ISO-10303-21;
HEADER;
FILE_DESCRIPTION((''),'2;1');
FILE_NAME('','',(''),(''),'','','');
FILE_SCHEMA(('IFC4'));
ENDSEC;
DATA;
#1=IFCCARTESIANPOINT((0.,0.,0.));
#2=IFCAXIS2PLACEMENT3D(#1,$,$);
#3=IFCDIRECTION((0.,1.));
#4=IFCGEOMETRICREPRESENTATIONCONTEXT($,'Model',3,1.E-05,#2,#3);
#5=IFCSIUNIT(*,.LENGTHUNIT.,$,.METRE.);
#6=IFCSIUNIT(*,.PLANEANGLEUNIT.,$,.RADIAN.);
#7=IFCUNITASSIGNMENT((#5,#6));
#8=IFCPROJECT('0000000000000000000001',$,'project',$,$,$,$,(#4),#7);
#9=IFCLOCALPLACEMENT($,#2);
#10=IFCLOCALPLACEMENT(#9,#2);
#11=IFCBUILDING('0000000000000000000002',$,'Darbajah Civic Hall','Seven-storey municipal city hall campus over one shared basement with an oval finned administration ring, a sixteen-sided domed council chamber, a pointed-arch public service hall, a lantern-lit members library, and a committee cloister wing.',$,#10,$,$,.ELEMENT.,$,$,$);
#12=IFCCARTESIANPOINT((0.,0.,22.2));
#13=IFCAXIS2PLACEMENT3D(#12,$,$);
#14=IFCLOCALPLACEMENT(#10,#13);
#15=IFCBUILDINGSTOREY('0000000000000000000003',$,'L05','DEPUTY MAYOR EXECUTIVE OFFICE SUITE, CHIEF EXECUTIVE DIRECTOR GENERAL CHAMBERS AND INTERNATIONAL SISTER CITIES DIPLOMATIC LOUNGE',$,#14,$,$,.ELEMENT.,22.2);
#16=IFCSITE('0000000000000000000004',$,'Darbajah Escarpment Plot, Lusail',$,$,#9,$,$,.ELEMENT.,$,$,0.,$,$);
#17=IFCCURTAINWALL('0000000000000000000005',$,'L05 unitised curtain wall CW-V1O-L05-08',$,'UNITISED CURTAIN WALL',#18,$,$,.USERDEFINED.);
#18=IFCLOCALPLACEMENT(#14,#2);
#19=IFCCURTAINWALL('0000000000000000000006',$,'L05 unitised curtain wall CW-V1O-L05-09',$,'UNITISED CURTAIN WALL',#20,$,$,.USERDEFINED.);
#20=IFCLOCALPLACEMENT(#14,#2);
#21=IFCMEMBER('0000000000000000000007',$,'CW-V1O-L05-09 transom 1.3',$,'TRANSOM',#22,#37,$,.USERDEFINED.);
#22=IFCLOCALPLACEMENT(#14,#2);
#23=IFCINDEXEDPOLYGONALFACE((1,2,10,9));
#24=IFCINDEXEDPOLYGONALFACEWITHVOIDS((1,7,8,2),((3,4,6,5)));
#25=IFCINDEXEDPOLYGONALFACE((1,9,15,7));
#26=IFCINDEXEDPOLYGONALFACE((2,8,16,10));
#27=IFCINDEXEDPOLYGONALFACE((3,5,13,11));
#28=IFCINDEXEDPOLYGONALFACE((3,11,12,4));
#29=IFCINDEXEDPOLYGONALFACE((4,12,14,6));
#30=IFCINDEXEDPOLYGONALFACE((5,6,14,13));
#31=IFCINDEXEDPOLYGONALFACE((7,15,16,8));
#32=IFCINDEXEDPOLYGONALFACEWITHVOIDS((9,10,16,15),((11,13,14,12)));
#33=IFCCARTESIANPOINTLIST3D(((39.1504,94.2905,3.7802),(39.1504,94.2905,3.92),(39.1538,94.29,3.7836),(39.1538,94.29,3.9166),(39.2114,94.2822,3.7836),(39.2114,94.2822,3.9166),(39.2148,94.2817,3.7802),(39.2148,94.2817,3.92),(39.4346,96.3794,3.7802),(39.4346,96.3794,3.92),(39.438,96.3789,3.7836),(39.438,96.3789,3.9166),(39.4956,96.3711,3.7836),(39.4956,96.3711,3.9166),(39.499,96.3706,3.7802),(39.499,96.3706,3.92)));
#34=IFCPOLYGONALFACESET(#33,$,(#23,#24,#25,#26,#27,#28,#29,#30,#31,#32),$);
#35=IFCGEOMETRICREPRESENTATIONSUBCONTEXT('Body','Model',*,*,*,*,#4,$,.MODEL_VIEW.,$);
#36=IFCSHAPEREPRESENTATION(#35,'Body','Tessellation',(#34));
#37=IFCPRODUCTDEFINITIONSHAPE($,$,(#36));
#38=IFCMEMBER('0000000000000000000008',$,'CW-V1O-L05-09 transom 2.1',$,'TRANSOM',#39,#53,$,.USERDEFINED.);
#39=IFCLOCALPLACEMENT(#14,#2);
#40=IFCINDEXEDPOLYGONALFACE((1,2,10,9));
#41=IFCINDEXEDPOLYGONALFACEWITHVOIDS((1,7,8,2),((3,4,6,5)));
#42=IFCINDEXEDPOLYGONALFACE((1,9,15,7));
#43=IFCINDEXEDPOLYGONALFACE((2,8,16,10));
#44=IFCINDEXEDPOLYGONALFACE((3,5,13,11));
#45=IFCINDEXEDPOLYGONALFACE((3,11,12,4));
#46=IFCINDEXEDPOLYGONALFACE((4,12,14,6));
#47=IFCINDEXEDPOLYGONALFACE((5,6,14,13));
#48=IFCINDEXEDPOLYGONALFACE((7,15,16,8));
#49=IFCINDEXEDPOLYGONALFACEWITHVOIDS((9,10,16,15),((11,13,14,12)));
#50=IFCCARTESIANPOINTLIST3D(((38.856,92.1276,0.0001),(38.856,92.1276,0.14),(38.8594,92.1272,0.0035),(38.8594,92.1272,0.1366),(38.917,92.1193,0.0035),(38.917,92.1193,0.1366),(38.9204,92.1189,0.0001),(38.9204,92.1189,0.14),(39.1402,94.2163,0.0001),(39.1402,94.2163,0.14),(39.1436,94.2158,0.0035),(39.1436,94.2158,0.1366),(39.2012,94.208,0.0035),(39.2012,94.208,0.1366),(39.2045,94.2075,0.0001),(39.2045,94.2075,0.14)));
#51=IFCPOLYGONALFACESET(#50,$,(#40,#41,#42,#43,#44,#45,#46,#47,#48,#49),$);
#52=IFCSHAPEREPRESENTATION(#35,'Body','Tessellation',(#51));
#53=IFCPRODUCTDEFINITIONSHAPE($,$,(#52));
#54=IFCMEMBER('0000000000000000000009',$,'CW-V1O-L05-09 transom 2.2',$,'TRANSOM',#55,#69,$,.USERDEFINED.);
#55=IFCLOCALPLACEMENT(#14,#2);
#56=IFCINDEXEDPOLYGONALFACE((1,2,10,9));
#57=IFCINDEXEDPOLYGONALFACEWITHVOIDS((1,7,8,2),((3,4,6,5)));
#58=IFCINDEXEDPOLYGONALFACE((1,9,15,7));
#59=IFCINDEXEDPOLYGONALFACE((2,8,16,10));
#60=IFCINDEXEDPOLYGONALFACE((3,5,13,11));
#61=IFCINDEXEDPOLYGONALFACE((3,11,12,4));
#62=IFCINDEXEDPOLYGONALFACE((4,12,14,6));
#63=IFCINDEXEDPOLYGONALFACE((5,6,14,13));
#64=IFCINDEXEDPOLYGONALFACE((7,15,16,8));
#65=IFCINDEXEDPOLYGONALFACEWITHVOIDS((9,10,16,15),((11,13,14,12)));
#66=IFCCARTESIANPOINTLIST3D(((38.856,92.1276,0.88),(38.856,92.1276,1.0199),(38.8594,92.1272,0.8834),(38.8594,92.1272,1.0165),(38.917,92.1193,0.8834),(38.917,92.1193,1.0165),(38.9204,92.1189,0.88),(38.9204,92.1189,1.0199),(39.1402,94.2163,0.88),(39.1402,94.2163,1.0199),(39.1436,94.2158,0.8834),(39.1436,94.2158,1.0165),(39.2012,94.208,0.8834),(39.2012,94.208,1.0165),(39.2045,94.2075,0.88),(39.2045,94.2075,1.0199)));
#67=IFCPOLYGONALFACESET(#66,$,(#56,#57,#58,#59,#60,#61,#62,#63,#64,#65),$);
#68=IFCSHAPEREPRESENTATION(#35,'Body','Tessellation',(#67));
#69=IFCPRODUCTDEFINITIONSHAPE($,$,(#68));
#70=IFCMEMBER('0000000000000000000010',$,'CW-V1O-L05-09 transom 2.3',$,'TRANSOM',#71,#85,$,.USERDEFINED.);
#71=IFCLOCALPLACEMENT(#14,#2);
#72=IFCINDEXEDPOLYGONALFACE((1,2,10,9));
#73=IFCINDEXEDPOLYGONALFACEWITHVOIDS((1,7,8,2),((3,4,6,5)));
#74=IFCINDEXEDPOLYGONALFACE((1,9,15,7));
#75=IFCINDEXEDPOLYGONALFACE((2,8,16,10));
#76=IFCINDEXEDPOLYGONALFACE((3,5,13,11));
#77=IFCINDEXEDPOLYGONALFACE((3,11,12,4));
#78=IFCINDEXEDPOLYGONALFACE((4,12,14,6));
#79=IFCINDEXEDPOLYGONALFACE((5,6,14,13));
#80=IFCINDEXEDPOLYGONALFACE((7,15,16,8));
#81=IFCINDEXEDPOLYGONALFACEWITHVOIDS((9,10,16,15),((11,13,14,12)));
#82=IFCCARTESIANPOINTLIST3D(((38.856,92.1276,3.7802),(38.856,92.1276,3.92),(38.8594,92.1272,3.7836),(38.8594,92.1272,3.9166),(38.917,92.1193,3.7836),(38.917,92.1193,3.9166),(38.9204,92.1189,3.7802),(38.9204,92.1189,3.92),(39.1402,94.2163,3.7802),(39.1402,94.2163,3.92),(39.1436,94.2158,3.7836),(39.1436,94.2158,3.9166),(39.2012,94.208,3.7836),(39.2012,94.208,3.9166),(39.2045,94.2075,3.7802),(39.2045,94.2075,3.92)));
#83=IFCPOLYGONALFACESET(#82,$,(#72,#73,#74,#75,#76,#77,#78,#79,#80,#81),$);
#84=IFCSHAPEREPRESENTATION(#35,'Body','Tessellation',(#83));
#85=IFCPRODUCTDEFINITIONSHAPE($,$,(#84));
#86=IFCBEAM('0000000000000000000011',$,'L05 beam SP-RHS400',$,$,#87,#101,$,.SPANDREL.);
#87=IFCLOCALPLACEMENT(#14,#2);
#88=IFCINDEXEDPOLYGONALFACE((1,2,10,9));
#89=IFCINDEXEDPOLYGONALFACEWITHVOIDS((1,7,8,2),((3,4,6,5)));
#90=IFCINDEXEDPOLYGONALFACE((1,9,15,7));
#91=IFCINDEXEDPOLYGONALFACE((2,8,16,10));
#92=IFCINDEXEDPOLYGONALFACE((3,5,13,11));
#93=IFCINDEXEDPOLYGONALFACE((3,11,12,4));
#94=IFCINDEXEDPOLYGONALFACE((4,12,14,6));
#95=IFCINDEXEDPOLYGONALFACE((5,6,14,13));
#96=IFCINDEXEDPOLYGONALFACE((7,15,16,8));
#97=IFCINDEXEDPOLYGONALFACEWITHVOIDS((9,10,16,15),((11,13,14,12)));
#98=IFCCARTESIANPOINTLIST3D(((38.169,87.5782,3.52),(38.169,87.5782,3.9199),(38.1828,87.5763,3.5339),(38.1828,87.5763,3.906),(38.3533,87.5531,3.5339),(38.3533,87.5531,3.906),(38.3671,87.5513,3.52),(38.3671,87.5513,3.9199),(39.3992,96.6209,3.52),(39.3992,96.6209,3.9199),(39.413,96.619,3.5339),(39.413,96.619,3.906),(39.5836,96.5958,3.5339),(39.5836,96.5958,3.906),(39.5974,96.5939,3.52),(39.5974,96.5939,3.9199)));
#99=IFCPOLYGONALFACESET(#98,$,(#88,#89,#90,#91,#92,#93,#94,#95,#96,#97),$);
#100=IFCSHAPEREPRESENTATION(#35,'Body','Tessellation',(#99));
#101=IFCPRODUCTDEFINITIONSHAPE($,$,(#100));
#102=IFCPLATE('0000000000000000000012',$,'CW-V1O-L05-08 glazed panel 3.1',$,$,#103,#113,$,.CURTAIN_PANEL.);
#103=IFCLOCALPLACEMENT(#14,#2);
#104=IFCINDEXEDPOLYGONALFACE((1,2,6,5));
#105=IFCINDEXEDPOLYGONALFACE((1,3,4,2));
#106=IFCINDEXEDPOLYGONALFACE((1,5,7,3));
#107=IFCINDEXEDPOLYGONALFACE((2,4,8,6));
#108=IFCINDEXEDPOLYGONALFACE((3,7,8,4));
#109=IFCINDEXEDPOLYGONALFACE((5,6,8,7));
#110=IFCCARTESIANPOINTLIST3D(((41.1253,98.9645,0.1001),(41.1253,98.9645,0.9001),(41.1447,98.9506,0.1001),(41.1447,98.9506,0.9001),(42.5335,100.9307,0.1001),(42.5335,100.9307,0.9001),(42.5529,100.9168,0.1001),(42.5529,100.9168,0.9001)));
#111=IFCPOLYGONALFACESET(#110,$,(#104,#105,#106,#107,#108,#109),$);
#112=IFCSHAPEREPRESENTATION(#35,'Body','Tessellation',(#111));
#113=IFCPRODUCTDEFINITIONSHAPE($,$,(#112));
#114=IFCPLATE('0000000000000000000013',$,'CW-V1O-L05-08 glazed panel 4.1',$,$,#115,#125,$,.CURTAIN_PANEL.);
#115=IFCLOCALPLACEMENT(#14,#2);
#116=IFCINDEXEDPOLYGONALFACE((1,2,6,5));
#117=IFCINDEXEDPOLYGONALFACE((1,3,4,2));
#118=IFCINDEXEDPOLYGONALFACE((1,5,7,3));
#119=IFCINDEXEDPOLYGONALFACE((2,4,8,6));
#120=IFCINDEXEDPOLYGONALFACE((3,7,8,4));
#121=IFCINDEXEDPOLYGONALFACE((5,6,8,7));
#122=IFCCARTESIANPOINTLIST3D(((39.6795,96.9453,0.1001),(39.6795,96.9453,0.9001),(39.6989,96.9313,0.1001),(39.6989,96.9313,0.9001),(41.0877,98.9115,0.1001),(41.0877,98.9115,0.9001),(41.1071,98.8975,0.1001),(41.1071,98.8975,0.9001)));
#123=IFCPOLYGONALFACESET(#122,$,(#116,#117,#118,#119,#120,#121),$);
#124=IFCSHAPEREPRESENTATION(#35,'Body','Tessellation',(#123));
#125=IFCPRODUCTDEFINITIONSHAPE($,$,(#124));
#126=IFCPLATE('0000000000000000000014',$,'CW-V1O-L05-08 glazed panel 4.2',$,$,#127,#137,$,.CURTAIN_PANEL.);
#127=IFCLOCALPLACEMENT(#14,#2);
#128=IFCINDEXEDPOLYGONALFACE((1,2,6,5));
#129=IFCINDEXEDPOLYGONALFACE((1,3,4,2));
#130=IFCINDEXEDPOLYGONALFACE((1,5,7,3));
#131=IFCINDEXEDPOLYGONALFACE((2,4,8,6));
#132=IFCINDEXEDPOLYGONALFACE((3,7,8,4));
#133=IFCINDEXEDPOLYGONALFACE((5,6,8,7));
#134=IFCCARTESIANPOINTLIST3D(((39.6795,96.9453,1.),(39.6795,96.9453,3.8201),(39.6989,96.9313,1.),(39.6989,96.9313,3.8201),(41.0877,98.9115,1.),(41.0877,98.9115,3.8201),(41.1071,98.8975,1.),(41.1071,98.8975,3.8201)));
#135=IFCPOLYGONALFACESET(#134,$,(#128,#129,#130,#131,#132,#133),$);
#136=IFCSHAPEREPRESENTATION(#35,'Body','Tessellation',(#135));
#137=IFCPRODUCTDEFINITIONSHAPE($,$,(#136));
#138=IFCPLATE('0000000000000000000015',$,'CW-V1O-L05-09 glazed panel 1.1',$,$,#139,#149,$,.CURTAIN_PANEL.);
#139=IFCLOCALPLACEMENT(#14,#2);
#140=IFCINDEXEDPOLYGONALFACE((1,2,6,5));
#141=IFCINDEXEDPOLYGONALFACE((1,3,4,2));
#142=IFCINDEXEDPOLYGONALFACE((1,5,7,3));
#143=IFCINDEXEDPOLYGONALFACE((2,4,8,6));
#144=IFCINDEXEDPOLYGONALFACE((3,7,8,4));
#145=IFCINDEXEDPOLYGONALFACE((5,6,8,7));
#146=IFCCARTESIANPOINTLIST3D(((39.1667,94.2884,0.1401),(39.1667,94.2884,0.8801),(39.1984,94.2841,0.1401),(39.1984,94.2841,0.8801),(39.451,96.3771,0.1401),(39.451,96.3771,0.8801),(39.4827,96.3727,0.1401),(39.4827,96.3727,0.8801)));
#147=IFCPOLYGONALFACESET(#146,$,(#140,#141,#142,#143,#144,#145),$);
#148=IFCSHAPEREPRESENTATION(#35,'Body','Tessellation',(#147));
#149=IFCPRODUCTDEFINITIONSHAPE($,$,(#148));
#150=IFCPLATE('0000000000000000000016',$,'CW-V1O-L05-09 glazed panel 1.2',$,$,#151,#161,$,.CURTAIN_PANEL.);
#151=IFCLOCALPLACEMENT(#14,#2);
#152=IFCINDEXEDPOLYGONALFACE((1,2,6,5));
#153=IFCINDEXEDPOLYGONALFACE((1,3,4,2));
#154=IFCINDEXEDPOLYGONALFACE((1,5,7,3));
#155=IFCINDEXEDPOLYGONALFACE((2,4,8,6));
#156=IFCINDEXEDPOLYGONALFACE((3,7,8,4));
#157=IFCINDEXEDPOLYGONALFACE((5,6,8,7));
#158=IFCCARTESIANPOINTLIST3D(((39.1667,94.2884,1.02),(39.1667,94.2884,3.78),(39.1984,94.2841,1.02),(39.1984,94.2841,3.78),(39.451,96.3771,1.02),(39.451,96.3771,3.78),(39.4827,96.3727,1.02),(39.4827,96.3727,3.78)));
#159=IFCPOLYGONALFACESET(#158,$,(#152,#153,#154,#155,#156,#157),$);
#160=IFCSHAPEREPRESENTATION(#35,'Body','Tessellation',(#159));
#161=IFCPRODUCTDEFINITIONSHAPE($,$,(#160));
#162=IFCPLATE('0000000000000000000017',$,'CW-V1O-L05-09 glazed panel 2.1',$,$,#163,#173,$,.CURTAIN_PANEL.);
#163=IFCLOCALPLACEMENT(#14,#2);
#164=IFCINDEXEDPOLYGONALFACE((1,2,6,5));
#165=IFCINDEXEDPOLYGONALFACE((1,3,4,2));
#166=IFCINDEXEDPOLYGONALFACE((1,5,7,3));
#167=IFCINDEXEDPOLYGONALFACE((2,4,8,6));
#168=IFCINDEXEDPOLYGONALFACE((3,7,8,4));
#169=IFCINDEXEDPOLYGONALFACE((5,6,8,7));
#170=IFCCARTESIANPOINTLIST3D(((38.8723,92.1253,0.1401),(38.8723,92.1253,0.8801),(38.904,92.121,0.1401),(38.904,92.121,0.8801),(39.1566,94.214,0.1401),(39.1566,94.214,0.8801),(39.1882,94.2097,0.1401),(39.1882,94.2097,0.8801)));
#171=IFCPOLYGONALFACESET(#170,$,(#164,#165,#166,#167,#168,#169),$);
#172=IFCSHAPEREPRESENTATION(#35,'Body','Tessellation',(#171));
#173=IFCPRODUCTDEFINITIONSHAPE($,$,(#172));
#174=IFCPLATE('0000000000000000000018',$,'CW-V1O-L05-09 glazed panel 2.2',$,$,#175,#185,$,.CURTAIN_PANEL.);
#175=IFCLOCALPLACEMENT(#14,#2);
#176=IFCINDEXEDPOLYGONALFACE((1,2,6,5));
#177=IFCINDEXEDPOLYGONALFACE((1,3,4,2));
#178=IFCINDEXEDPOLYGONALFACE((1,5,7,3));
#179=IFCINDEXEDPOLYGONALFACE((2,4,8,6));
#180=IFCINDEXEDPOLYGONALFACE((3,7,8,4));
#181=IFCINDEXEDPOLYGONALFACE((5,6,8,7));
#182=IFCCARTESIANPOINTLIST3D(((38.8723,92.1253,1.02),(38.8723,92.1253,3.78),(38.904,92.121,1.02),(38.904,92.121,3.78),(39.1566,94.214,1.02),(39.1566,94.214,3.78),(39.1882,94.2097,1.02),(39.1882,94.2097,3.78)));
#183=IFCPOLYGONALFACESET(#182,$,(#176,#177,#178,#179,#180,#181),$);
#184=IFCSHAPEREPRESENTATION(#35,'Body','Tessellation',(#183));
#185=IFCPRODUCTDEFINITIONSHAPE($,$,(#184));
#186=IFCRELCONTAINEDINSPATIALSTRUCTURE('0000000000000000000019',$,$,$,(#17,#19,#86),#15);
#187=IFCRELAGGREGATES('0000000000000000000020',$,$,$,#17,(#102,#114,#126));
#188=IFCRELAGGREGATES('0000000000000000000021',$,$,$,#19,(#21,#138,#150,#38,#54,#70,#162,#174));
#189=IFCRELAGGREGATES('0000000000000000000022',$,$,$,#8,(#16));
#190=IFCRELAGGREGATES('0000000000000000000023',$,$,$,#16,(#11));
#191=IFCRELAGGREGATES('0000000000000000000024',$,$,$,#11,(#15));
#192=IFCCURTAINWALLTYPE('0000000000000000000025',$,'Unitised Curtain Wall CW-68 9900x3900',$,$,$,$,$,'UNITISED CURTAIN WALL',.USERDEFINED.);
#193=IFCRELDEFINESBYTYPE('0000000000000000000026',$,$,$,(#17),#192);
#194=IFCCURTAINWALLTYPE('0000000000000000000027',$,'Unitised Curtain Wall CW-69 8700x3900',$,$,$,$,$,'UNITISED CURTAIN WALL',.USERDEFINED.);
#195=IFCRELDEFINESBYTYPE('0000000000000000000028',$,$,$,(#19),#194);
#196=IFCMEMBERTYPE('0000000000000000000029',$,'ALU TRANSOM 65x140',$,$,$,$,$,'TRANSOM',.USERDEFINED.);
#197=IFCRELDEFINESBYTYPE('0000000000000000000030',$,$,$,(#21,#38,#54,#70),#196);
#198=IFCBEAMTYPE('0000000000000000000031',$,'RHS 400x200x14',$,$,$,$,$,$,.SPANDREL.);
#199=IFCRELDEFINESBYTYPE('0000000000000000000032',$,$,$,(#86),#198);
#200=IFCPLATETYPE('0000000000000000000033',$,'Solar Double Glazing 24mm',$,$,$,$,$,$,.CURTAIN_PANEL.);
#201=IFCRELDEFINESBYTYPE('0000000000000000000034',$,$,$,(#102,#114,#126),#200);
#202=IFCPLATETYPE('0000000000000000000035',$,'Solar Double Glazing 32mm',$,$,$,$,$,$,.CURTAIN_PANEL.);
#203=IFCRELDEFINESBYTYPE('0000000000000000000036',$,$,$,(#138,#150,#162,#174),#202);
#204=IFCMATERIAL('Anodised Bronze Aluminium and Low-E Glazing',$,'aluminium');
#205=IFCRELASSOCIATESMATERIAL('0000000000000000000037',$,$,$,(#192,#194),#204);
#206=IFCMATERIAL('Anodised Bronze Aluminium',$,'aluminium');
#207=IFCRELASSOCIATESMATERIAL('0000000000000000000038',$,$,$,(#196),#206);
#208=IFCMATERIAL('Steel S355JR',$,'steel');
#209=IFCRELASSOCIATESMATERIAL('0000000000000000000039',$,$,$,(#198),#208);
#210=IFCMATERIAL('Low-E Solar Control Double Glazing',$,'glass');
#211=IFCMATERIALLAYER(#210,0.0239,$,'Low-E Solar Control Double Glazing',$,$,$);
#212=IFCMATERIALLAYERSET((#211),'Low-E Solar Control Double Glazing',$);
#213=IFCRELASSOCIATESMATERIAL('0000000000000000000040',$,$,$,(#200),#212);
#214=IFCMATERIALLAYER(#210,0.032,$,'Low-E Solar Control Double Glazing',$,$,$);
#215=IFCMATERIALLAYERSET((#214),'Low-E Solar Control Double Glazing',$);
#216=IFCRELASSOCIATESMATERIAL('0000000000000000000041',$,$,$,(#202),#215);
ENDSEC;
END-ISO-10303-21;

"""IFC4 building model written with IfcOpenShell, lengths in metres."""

from ifc_helpers import new_model, si_unit, direction, frame, origin, origin_2d, place, context, subcontext, project, spatial, rectangle, hollow_rectangle, extrude, material, layer, layer_set, material_profile, profile_set, type_object, element, aggregate, save


model = new_model("IFC4")

# Units and contexts
model_context = context("Model", 3, precision=1e-05, world=origin(), true_north=direction((0.0, 1.0)))
body_context = subcontext(model_context, "Body", "Model", "MODEL_VIEW")
ifc_project = project(units=[si_unit("LENGTHUNIT", "METRE"), si_unit("PLANEANGLEUNIT", "RADIAN")], contexts=[model_context])

# Site, building, storey
site_placement = place(None, origin())
site = spatial("IfcSite", under=ifc_project, at=site_placement, Name="Darbajah Escarpment Plot, Lusail", CompositionType="ELEMENT", RefElevation=0.0)
building_placement = place(site_placement, origin())
building = spatial("IfcBuilding", under=site, at=building_placement, Name="Darbajah Civic Hall", Description="Seven-storey municipal city hall campus over one shared basement with an oval finned administration ring, a sixteen-sided domed council chamber, a pointed-arch public service hall, a lantern-lit members library, and a committee cloister wing.", CompositionType="ELEMENT")
storey_placement = place(building_placement, frame((0.0, 0.0, 22.2)))
storey = spatial("IfcBuildingStorey", under=building, at=storey_placement, Name="L05", Description="DEPUTY MAYOR EXECUTIVE OFFICE SUITE, CHIEF EXECUTIVE DIRECTOR GENERAL CHAMBERS AND INTERNATIONAL SISTER CITIES DIPLOMATIC LOUNGE", CompositionType="ELEMENT", Elevation=22.2)

# Curtain walls
ifc_material_1 = material(Name="Anodised Bronze Aluminium and Low-E Glazing", Category="aluminium")
curtain_wall_type_1 = type_object("IfcCurtainWallType", Name="Unitised Curtain Wall CW-68 9900x3900", ElementType="UNITISED CURTAIN WALL", PredefinedType="USERDEFINED", material=ifc_material_1)
curtain_wall_1_placement = place(storey_placement, origin())
curtain_wall_1 = element("IfcCurtainWall", 1, at=curtain_wall_1_placement, inside=storey, type_object=curtain_wall_type_1, Name="L05 unitised curtain wall CW-V1O-L05-08", ObjectType="UNITISED CURTAIN WALL", PredefinedType="USERDEFINED")
ifc_material_2 = material(Name="Anodised Bronze Aluminium", Category="aluminium")
curtain_wall_type_2 = type_object("IfcCurtainWallType", Name="Unitised Curtain Wall CW-69 8700x3900", ElementType="UNITISED CURTAIN WALL", PredefinedType="USERDEFINED", material=ifc_material_1)
curtain_wall_2_placement = place(storey_placement, origin())
curtain_wall_2 = element("IfcCurtainWall", 2, at=curtain_wall_2_placement, inside=storey, type_object=curtain_wall_type_2, Name="L05 unitised curtain wall CW-V1O-L05-09", ObjectType="UNITISED CURTAIN WALL", PredefinedType="USERDEFINED")

# Members
ifc_material_profile_1 = material_profile(ifc_material_2, hollow_rectangle(XDim=0.0649, YDim=0.1399, WallThickness=0.0034, at=origin_2d()), Name="ALU TRANSOM 65x140")
ifc_profile_set_1 = profile_set([ifc_material_profile_1], Name="Anodised Bronze Aluminium")
member_type_1 = type_object("IfcMemberType", Name="ALU TRANSOM 65x140", ElementType="TRANSOM", PredefinedType="USERDEFINED", material=ifc_profile_set_1)
member_1_placement = place(storey_placement, frame((39.4668, 96.375, 3.8501), z_axis=(-0.134803, -0.990872, 0.0), x_axis=(0.990872, -0.134803, 0.0)))
member_1 = element("IfcMember", 3, at=member_1_placement, type_object=member_type_1, Name="CW-V1O-L05-09 transom 1.3", ObjectType="TRANSOM", PredefinedType="USERDEFINED", context=body_context, shape_type="SweptSolid", body=[
    extrude(hollow_rectangle(XDim=0.0649, YDim=0.1399, WallThickness=0.0034, at=origin_2d()), origin(), (0.0, 0.0, 1.0), 2.1082),
])
member_2_placement = place(storey_placement, frame((39.1724, 94.2119, 0.0701), z_axis=(-0.134819, -0.99087, 0.0), x_axis=(0.99087, -0.134819, 0.0)))
member_2 = element("IfcMember", 4, at=member_2_placement, type_object=member_type_1, Name="CW-V1O-L05-09 transom 2.1", ObjectType="TRANSOM", PredefinedType="USERDEFINED", context=body_context, shape_type="SweptSolid", body=[
    extrude(hollow_rectangle(XDim=0.0649, YDim=0.1399, WallThickness=0.0034, at=origin_2d()), origin(), (0.0, 0.0, 1.0), 2.1079),
])
member_3_placement = place(storey_placement, frame((39.1724, 94.2119, 0.95), z_axis=(-0.134819, -0.99087, 0.0), x_axis=(0.99087, -0.134819, 0.0)))
member_3 = element("IfcMember", 5, at=member_3_placement, type_object=member_type_1, Name="CW-V1O-L05-09 transom 2.2", ObjectType="TRANSOM", PredefinedType="USERDEFINED", context=body_context, shape_type="SweptSolid", body=[
    extrude(hollow_rectangle(XDim=0.0649, YDim=0.1399, WallThickness=0.0034, at=origin_2d()), origin(), (0.0, 0.0, 1.0), 2.1079),
])
member_4_placement = place(storey_placement, frame((39.1724, 94.2119, 3.8501), z_axis=(-0.134819, -0.99087, 0.0), x_axis=(0.99087, -0.134819, 0.0)))
member_4 = element("IfcMember", 6, at=member_4_placement, type_object=member_type_1, Name="CW-V1O-L05-09 transom 2.3", ObjectType="TRANSOM", PredefinedType="USERDEFINED", context=body_context, shape_type="SweptSolid", body=[
    extrude(hollow_rectangle(XDim=0.0649, YDim=0.1399, WallThickness=0.0034, at=origin_2d()), origin(), (0.0, 0.0, 1.0), 2.1079),
])

# Beam
ifc_material_3 = material(Name="Steel S355JR", Category="steel")
ifc_material_profile_2 = material_profile(ifc_material_3, hollow_rectangle(XDim=0.2, YDim=0.3999, WallThickness=0.0139, at=origin_2d()), Name="RHS 400x200x14")
ifc_profile_set_2 = profile_set([ifc_material_profile_2], Name="Steel S355JR")
beam_type = type_object("IfcBeamType", Name="RHS 400x200x14", PredefinedType="SPANDREL", material=ifc_profile_set_2)
beam_placement = place(storey_placement, frame((39.4983, 96.6074, 3.72), z_axis=(-0.134804, -0.990872, 0.0), x_axis=(0.990872, -0.134804, 0.0)))
element("IfcBeam", 7, at=beam_placement, inside=storey, type_object=beam_type, Name="L05 beam SP-RHS400", PredefinedType="SPANDREL", context=body_context, shape_type="SweptSolid", body=[
    extrude(hollow_rectangle(XDim=0.2, YDim=0.3999, WallThickness=0.0139, at=origin_2d()), origin(), (0.0, 0.0, 1.0), 9.126),
])

# Plates
ifc_material_4 = material(Name="Low-E Solar Control Double Glazing", Category="glass")
ifc_layer_1 = layer(ifc_material_4, 0.0239, Name="Low-E Solar Control Double Glazing")
ifc_layer_set_1 = layer_set([ifc_layer_1], Name="Low-E Solar Control Double Glazing")
plate_type_1 = type_object("IfcPlateType", Name="Solar Double Glazing 24mm", PredefinedType="CURTAIN_PANEL", material=ifc_layer_set_1)
plate_1_placement = place(storey_placement, frame((41.8391, 99.9407, 0.1001), z_axis=(0.0, 0.0, 1.0), x_axis=(-0.582265, -0.812999, 0.0)))
plate_1 = element("IfcPlate", 8, at=plate_1_placement, type_object=plate_type_1, Name="CW-V1O-L05-08 glazed panel 3.1", PredefinedType="CURTAIN_PANEL", context=body_context, shape_type="SweptSolid", body=[
    extrude(rectangle(XDim=2.4185, YDim=0.0239, at=origin_2d()), origin(), (0.0, 0.0, 1.0), 0.8),
])
plate_2_placement = place(storey_placement, frame((40.3933, 97.9214, 0.1001), z_axis=(0.0, 0.0, 1.0), x_axis=(-0.582265, -0.812999, 0.0)))
plate_2 = element("IfcPlate", 9, at=plate_2_placement, type_object=plate_type_1, Name="CW-V1O-L05-08 glazed panel 4.1", PredefinedType="CURTAIN_PANEL", context=body_context, shape_type="SweptSolid", body=[
    extrude(rectangle(XDim=2.4185, YDim=0.0239, at=origin_2d()), origin(), (0.0, 0.0, 1.0), 0.8),
])
plate_3_placement = place(storey_placement, frame((40.3933, 97.9214, 1.0), z_axis=(0.0, 0.0, 1.0), x_axis=(-0.582265, -0.812999, 0.0)))
plate_3 = element("IfcPlate", 10, at=plate_3_placement, type_object=plate_type_1, Name="CW-V1O-L05-08 glazed panel 4.2", PredefinedType="CURTAIN_PANEL", context=body_context, shape_type="SweptSolid", body=[
    extrude(rectangle(XDim=2.4185, YDim=0.0239, at=origin_2d()), origin(), (0.0, 0.0, 1.0), 2.8201),
])
aggregate(curtain_wall_1, [plate_1, plate_2, plate_3])
ifc_layer_2 = layer(ifc_material_4, 0.032, Name="Low-E Solar Control Double Glazing")
ifc_layer_set_2 = layer_set([ifc_layer_2], Name="Low-E Solar Control Double Glazing")
plate_type_2 = type_object("IfcPlateType", Name="Solar Double Glazing 32mm", PredefinedType="CURTAIN_PANEL", material=ifc_layer_set_2)
plate_4_placement = place(storey_placement, frame((39.3247, 95.3306, 0.1401), z_axis=(0.0, 0.0, 1.0), x_axis=(-0.134851, -0.990866, 0.0)))
plate_4 = element("IfcPlate", 11, at=plate_4_placement, type_object=plate_type_2, Name="CW-V1O-L05-09 glazed panel 1.1", PredefinedType="CURTAIN_PANEL", context=body_context, shape_type="SweptSolid", body=[
    extrude(rectangle(XDim=2.1079, YDim=0.032, at=origin_2d()), origin(), (0.0, 0.0, 1.0), 0.74),
])
plate_5_placement = place(storey_placement, frame((39.3247, 95.3306, 1.02), z_axis=(0.0, 0.0, 1.0), x_axis=(-0.134851, -0.990866, 0.0)))
plate_5 = element("IfcPlate", 12, at=plate_5_placement, type_object=plate_type_2, Name="CW-V1O-L05-09 glazed panel 1.2", PredefinedType="CURTAIN_PANEL", context=body_context, shape_type="SweptSolid", body=[
    extrude(rectangle(XDim=2.1079, YDim=0.032, at=origin_2d()), origin(), (0.0, 0.0, 1.0), 2.76),
])
plate_6_placement = place(storey_placement, frame((39.0303, 93.1675, 0.1401), z_axis=(0.0, 0.0, 1.0), x_axis=(-0.134851, -0.990866, 0.0)))
plate_6 = element("IfcPlate", 13, at=plate_6_placement, type_object=plate_type_2, Name="CW-V1O-L05-09 glazed panel 2.1", PredefinedType="CURTAIN_PANEL", context=body_context, shape_type="SweptSolid", body=[
    extrude(rectangle(XDim=2.1079, YDim=0.032, at=origin_2d()), origin(), (0.0, 0.0, 1.0), 0.74),
])
plate_7_placement = place(storey_placement, frame((39.0303, 93.1675, 1.02), z_axis=(0.0, 0.0, 1.0), x_axis=(-0.134851, -0.990866, 0.0)))
plate_7 = element("IfcPlate", 14, at=plate_7_placement, type_object=plate_type_2, Name="CW-V1O-L05-09 glazed panel 2.2", PredefinedType="CURTAIN_PANEL", context=body_context, shape_type="SweptSolid", body=[
    extrude(rectangle(XDim=2.1079, YDim=0.032, at=origin_2d()), origin(), (0.0, 0.0, 1.0), 2.76),
])
aggregate(curtain_wall_2, [member_1, plate_4, plate_5, member_2, member_3, member_4, plate_6, plate_7])

save(model, "model.ifc")
